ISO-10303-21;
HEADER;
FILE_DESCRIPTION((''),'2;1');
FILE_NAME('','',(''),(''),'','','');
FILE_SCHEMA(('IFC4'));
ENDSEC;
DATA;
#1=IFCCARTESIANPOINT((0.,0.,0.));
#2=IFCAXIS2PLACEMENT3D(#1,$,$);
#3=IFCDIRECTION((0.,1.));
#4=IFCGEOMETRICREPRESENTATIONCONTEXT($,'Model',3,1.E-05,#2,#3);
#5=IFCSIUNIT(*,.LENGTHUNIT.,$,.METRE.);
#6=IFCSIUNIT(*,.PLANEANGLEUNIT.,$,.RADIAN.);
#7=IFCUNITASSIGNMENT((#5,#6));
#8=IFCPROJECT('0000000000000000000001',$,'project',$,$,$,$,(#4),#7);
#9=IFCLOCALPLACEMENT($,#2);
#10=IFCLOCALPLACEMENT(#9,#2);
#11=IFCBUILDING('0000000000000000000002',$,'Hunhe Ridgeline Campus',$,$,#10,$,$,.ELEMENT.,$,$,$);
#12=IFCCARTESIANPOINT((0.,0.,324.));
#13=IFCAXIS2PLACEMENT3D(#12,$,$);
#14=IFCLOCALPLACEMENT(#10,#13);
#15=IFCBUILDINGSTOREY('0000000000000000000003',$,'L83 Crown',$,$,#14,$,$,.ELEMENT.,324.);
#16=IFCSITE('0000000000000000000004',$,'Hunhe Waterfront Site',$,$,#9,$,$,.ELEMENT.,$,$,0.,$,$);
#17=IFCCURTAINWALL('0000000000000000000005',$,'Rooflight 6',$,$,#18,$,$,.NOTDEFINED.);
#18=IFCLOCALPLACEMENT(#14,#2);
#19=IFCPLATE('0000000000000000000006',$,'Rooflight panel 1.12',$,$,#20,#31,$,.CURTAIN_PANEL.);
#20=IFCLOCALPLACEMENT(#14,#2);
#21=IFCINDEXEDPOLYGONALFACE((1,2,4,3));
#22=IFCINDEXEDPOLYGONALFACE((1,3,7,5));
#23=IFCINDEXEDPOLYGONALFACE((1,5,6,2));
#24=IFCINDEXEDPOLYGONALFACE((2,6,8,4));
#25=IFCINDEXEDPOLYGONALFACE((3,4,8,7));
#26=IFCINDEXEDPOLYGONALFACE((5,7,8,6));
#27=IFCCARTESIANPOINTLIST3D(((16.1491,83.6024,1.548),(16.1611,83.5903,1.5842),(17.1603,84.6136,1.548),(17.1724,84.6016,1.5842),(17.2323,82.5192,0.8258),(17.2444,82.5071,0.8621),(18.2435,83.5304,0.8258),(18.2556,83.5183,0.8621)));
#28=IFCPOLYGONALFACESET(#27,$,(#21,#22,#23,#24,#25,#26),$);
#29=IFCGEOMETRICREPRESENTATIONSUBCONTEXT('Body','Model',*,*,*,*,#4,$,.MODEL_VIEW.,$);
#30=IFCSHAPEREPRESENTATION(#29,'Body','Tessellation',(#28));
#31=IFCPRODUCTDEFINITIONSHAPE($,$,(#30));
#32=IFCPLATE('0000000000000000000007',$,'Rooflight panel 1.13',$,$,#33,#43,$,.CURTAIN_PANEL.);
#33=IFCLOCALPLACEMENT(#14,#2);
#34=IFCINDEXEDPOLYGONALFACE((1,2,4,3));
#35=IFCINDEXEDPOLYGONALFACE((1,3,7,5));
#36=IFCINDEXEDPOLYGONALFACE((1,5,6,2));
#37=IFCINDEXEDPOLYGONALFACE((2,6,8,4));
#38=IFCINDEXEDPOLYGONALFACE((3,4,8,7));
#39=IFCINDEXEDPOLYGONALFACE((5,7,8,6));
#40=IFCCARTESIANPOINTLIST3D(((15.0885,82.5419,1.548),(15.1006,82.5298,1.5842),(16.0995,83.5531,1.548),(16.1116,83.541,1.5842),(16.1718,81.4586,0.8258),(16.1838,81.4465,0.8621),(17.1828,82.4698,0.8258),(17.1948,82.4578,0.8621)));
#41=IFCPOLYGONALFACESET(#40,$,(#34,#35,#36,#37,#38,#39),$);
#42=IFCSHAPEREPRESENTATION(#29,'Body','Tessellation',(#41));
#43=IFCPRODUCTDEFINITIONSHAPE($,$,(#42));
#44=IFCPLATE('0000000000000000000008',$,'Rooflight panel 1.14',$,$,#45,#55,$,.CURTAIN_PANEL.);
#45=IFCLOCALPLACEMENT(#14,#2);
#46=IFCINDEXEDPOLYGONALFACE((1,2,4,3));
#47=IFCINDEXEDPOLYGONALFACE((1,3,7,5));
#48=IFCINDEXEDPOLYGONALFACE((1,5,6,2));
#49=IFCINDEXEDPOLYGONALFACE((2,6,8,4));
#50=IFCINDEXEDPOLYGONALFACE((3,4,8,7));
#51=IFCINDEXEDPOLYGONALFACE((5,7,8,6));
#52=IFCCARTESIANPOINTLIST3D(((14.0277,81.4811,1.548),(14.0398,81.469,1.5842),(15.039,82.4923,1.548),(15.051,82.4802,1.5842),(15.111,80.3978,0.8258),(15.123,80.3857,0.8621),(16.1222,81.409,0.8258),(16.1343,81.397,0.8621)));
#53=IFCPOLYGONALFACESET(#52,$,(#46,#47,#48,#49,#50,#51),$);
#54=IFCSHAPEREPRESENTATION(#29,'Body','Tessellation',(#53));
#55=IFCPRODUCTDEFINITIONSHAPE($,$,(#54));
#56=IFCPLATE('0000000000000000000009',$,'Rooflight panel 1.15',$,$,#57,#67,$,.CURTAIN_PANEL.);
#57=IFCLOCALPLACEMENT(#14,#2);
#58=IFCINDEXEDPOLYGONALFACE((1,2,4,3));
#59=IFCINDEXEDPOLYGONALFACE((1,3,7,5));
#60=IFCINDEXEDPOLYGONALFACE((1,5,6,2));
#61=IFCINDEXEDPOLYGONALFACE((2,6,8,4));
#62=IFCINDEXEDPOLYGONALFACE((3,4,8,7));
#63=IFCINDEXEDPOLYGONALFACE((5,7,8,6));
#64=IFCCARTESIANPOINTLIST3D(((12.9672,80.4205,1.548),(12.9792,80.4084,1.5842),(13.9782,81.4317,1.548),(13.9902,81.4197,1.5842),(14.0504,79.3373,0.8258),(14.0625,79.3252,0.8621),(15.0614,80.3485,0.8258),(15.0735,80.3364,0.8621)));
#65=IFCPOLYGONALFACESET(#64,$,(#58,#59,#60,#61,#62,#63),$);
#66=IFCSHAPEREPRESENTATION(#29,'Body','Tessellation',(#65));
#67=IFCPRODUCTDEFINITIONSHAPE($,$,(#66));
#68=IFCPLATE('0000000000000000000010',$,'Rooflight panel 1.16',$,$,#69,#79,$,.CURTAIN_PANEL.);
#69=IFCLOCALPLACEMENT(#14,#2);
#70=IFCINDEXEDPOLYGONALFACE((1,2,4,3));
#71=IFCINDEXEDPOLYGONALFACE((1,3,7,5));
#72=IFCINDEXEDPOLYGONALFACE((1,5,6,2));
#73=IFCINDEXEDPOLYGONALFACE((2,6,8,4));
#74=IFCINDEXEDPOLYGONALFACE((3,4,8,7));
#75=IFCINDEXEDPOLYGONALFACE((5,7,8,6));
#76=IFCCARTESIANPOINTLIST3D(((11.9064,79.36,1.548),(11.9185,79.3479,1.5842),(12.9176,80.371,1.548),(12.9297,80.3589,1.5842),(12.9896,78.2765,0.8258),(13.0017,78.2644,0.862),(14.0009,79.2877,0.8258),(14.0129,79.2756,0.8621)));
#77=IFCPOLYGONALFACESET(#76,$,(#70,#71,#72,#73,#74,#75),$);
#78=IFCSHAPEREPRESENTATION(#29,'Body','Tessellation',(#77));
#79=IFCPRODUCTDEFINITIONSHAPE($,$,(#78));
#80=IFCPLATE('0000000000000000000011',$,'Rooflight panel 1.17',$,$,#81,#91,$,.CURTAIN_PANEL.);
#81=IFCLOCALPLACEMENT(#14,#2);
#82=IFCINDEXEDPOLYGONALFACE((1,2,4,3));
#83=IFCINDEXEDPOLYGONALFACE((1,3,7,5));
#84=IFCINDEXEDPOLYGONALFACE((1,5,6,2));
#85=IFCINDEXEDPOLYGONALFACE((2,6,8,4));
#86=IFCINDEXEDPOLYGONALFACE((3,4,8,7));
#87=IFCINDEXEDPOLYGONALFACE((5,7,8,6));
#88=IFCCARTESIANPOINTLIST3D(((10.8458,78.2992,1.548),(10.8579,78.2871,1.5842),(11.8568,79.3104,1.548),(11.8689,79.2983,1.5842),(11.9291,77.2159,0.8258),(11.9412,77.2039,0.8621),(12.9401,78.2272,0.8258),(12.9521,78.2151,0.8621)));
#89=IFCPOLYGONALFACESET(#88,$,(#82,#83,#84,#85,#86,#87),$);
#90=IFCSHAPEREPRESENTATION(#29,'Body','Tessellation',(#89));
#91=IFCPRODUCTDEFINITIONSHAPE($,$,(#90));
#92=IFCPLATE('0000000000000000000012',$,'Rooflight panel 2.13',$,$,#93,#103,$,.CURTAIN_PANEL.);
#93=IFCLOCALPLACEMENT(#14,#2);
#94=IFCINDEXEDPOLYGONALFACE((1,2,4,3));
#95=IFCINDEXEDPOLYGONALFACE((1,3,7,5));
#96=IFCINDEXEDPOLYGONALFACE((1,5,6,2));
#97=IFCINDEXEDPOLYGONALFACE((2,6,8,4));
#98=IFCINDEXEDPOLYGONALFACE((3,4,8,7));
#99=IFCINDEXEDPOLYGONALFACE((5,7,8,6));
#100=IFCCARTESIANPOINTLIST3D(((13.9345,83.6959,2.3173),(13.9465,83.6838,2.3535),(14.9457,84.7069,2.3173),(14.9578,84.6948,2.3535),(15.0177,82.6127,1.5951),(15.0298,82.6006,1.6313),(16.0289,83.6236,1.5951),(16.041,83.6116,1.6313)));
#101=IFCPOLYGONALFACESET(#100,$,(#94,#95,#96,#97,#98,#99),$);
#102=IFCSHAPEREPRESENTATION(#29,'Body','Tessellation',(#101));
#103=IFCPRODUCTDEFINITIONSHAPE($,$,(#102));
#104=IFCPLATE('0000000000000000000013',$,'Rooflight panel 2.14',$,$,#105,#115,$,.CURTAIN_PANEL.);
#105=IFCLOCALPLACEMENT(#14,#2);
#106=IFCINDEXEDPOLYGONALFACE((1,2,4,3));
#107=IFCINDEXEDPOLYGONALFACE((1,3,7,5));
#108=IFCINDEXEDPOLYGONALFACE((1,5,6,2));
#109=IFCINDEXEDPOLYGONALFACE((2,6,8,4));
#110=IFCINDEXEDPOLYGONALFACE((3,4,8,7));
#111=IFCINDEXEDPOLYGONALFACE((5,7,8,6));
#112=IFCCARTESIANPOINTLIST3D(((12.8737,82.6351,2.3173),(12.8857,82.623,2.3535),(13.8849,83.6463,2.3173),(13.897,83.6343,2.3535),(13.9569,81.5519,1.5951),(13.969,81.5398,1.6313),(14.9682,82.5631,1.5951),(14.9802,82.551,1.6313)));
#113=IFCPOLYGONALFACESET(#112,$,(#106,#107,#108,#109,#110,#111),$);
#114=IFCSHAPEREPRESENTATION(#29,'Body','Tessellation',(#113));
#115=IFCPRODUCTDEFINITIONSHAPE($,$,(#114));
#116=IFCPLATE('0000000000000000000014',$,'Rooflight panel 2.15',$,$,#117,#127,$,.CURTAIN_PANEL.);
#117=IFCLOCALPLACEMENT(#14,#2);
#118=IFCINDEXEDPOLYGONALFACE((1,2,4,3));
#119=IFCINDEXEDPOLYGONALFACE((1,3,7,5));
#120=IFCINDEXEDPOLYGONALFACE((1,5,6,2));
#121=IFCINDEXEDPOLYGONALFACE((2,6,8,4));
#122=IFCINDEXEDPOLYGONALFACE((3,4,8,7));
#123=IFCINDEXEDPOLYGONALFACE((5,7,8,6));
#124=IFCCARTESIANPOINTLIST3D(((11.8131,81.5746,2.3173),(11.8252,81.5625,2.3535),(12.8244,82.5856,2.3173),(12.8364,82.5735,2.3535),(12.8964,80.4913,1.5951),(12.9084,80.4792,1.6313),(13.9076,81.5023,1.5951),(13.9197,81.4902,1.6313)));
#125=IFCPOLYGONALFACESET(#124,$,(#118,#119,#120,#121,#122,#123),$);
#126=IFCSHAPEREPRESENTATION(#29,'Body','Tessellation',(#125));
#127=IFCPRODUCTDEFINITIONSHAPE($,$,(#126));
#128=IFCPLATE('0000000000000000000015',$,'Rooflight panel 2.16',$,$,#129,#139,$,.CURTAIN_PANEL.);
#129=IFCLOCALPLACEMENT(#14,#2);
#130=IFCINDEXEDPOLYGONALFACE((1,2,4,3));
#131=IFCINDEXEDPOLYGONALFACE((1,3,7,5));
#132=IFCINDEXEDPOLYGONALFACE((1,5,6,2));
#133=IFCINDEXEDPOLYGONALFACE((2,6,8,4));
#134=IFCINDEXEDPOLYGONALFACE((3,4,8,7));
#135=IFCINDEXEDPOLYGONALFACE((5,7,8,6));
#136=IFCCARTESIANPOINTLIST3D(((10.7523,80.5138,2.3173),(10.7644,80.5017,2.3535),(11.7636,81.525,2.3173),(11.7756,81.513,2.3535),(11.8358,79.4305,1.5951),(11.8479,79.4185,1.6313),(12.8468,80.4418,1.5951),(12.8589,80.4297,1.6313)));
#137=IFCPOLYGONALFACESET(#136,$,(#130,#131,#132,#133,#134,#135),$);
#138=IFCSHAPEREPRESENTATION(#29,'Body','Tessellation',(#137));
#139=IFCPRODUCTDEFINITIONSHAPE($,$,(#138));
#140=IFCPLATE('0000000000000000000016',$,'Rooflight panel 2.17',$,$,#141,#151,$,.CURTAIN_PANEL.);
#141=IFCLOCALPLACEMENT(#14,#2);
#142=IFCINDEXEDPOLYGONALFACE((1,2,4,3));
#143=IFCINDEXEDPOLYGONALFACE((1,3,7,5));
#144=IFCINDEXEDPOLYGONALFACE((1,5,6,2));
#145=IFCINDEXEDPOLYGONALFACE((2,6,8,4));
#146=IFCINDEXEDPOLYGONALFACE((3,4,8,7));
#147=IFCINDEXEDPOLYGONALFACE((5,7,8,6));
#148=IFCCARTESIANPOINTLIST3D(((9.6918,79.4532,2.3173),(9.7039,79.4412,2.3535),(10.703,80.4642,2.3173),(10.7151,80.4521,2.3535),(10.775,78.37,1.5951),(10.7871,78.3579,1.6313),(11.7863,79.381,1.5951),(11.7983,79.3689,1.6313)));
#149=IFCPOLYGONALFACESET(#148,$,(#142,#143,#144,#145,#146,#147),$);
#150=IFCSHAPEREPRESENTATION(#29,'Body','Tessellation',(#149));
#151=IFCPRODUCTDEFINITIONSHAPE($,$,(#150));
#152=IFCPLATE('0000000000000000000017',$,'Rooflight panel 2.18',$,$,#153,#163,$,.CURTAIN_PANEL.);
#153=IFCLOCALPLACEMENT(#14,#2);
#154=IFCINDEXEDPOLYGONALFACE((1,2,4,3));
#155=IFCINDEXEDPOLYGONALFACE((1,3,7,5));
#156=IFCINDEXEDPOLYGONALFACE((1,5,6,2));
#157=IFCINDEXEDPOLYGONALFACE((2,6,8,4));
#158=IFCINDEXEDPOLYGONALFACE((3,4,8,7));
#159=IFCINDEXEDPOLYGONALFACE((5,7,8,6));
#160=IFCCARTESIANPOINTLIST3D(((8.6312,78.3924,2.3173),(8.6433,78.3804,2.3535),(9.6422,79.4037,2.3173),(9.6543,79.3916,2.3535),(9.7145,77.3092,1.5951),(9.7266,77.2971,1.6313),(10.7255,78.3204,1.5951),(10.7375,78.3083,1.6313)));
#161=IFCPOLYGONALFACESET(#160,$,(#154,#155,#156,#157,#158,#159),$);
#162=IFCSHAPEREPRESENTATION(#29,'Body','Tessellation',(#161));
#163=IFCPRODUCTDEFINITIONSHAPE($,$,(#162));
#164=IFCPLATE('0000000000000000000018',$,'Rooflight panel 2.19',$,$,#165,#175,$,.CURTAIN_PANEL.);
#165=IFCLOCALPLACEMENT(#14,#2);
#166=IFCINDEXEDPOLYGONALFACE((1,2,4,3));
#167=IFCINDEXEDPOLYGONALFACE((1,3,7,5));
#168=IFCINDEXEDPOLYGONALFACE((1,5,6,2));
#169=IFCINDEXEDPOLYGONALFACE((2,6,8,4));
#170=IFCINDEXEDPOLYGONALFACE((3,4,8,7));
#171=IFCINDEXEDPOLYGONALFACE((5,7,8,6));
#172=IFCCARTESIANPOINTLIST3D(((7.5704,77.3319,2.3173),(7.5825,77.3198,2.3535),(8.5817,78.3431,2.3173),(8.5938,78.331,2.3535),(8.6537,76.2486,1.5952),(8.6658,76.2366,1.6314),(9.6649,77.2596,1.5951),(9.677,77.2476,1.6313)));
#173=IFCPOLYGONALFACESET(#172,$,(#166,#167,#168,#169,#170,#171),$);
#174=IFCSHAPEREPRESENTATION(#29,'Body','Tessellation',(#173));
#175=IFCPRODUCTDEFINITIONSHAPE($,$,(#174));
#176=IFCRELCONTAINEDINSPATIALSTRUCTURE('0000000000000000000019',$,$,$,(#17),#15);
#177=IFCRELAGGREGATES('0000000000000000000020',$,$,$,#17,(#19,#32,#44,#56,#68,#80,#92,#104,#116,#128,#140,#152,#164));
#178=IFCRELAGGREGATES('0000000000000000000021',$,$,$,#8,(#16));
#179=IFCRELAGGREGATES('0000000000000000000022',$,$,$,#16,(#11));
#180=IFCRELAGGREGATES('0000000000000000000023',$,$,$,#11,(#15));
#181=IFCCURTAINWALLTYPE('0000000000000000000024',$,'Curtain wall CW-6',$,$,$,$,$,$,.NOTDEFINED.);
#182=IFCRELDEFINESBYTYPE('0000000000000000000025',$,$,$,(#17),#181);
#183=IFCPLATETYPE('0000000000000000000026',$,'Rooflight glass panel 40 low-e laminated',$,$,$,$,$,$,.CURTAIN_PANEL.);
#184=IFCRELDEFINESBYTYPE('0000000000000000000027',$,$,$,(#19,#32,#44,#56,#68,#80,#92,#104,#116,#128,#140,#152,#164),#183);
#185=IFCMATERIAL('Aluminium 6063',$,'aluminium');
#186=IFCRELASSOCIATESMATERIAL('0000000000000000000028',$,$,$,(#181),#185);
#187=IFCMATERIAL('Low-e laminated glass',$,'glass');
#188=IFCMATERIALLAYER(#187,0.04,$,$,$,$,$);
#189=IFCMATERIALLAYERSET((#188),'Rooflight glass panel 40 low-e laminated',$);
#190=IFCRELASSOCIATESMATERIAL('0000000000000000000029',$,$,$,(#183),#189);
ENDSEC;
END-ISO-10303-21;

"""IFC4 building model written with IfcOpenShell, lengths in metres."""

from ifc_helpers import new_model, si_unit, direction, frame, origin, place, context, subcontext, project, spatial, polyline, outline, extrude, material, layer, layer_set, type_object, element, aggregate, save


model = new_model("IFC4")

# Units and contexts
model_context = context("Model", 3, precision=1e-05, world=origin(), true_north=direction((0.0, 1.0)))
body_context = subcontext(model_context, "Body", "Model", "MODEL_VIEW")
ifc_project = project(units=[si_unit("LENGTHUNIT", "METRE"), si_unit("PLANEANGLEUNIT", "RADIAN")], contexts=[model_context])

# Site, building, storey
site_placement = place(None, origin())
site = spatial("IfcSite", under=ifc_project, at=site_placement, Name="Hunhe Waterfront Site", CompositionType="ELEMENT", RefElevation=0.0)
building_placement = place(site_placement, origin())
building = spatial("IfcBuilding", under=site, at=building_placement, Name="Hunhe Ridgeline Campus", CompositionType="ELEMENT")
storey_placement = place(building_placement, frame((0.0, 0.0, 324.0)))
storey = spatial("IfcBuildingStorey", under=building, at=storey_placement, Name="L83 Crown", CompositionType="ELEMENT", Elevation=324.0)

# Curtain wall, plates
ifc_material_1 = material(Name="Aluminium 6063", Category="aluminium")
curtain_wall_type = type_object("IfcCurtainWallType", Name="Curtain wall CW-6", PredefinedType="NOTDEFINED", material=ifc_material_1)
curtain_wall_placement = place(storey_placement, origin())
curtain_wall = element("IfcCurtainWall", 1, at=curtain_wall_placement, inside=storey, type_object=curtain_wall_type, Name="Rooflight 6", PredefinedType="NOTDEFINED")
ifc_material_2 = material(Name="Low-e laminated glass", Category="glass")
ifc_layer = layer(ifc_material_2, 0.04)
ifc_layer_set = layer_set([ifc_layer], Name="Rooflight glass panel 40 low-e laminated")
plate_type = type_object("IfcPlateType", Name="Rooflight glass panel 40 low-e laminated", PredefinedType="CURTAIN_PANEL", material=ifc_layer_set)
plate_1_placement = place(storey_placement, frame((18.2556, 83.5183, 0.8621), z_axis=(0.301511, -0.301511, 0.904534), x_axis=(-0.639602, 0.639602, 0.426401)))
plate_1 = element("IfcPlate", 2, at=plate_1_placement, type_object=plate_type, Name="Rooflight panel 1.12", PredefinedType="CURTAIN_PANEL", context=body_context, shape_type="SweptSolid", body=[
    extrude(outline(polyline([(0.0, 0.0), (1.6936, 0.0), (1.6936, 1.4301), (0.0, 1.4301), (0.0, 0.0)])), origin(), (0.0, 0.0, -1.0), 0.04),
])
plate_2_placement = place(storey_placement, frame((17.1948, 82.4578, 0.8621), z_axis=(0.301548, -0.301475, 0.904534), x_axis=(-0.639602, 0.639602, 0.426401)))
plate_2 = element("IfcPlate", 3, at=plate_2_placement, type_object=plate_type, Name="Rooflight panel 1.13", PredefinedType="CURTAIN_PANEL", context=body_context, shape_type="SweptSolid", body=[
    extrude(outline(polyline([(0.0, 0.0), (1.6936, 0.0), (1.6935, 1.4299), (-0.0002, 1.4299), (0.0, 0.0)])), origin(), (0.0, 0.0, -1.0), 0.04),
])
plate_3_placement = place(storey_placement, frame((16.1343, 81.397, 0.8621), z_axis=(0.301511, -0.301511, 0.904534), x_axis=(-0.639602, 0.639602, 0.426401)))
plate_3 = element("IfcPlate", 4, at=plate_3_placement, type_object=plate_type, Name="Rooflight panel 1.14", PredefinedType="CURTAIN_PANEL", context=body_context, shape_type="SweptSolid", body=[
    extrude(outline(polyline([(0.0, 0.0), (1.6936, 0.0), (1.6936, 1.4301), (0.0, 1.4301), (0.0, 0.0)])), origin(), (0.0, 0.0, -1.0), 0.04),
])
plate_4_placement = place(storey_placement, frame((15.0735, 80.3364, 0.8621), z_axis=(0.301548, -0.301475, 0.904534), x_axis=(-0.639602, 0.639602, 0.426401)))
plate_4 = element("IfcPlate", 5, at=plate_4_placement, type_object=plate_type, Name="Rooflight panel 1.15", PredefinedType="CURTAIN_PANEL", context=body_context, shape_type="SweptSolid", body=[
    extrude(outline(polyline([(0.0, 0.0), (1.6936, 0.0), (1.6935, 1.4299), (-0.0002, 1.4299), (0.0, 0.0)])), origin(), (0.0, 0.0, -1.0), 0.04),
])
plate_5_placement = place(storey_placement, frame((14.0129, 79.2756, 0.8621), z_axis=(0.301479, -0.301516, 0.904543), x_axis=(-0.639609, 0.639609, 0.426382)))
plate_5 = element("IfcPlate", 6, at=plate_5_placement, type_object=plate_type, Name="Rooflight panel 1.16", PredefinedType="CURTAIN_PANEL", context=body_context, shape_type="SweptSolid", body=[
    extrude(outline(polyline([(0.0, 0.0), (1.6936, 0.0), (1.6938, 1.4299), (0.0, 1.4301), (0.0, 0.0)])), origin(), (0.0, 0.0, -1.0), 0.04),
])
plate_6_placement = place(storey_placement, frame((12.9521, 78.2151, 0.8621), z_axis=(0.301548, -0.301475, 0.904534), x_axis=(-0.639602, 0.639602, 0.426401)))
plate_6 = element("IfcPlate", 7, at=plate_6_placement, type_object=plate_type, Name="Rooflight panel 1.17", PredefinedType="CURTAIN_PANEL", context=body_context, shape_type="SweptSolid", body=[
    extrude(outline(polyline([(0.0, 0.0), (1.6936, 0.0), (1.6935, 1.4299), (-0.0002, 1.4299), (0.0, 0.0)])), origin(), (0.0, 0.0, -1.0), 0.04),
])
plate_7_placement = place(storey_placement, frame((16.041, 83.6116, 1.6313), z_axis=(0.301475, -0.301548, 0.904534), x_axis=(-0.639602, 0.639602, 0.426401)))
plate_7 = element("IfcPlate", 8, at=plate_7_placement, type_object=plate_type, Name="Rooflight panel 2.13", PredefinedType="CURTAIN_PANEL", context=body_context, shape_type="SweptSolid", body=[
    extrude(outline(polyline([(0.0, 0.0), (1.6936, 0.0), (1.6938, 1.4299), (0.0002, 1.4299), (0.0, 0.0)])), origin(), (0.0, 0.0, -1.0), 0.04),
])
plate_8_placement = place(storey_placement, frame((14.9802, 82.551, 1.6313), z_axis=(0.301511, -0.301511, 0.904534), x_axis=(-0.639602, 0.639602, 0.426401)))
plate_8 = element("IfcPlate", 9, at=plate_8_placement, type_object=plate_type, Name="Rooflight panel 2.14", PredefinedType="CURTAIN_PANEL", context=body_context, shape_type="SweptSolid", body=[
    extrude(outline(polyline([(0.0, 0.0), (1.6936, 0.0), (1.6936, 1.4301), (0.0, 1.4301), (0.0, 0.0)])), origin(), (0.0, 0.0, -1.0), 0.04),
])
plate_9_placement = place(storey_placement, frame((13.9197, 81.4902, 1.6313), z_axis=(0.301475, -0.301548, 0.904534), x_axis=(-0.639602, 0.639602, 0.426401)))
plate_9 = element("IfcPlate", 10, at=plate_9_placement, type_object=plate_type, Name="Rooflight panel 2.15", PredefinedType="CURTAIN_PANEL", context=body_context, shape_type="SweptSolid", body=[
    extrude(outline(polyline([(0.0, 0.0), (1.6936, 0.0), (1.6938, 1.4299), (0.0002, 1.4299), (0.0, 0.0)])), origin(), (0.0, 0.0, -1.0), 0.04),
])
plate_10_placement = place(storey_placement, frame((12.8589, 80.4297, 1.6313), z_axis=(0.301516, -0.301479, 0.904543), x_axis=(-0.639609, 0.639609, 0.426382)))
plate_10 = element("IfcPlate", 11, at=plate_10_placement, type_object=plate_type, Name="Rooflight panel 2.16", PredefinedType="CURTAIN_PANEL", context=body_context, shape_type="SweptSolid", body=[
    extrude(outline(polyline([(0.0, 0.0), (1.6936, 0.0), (1.6936, 1.4301), (-0.0002, 1.4299), (0.0, 0.0)])), origin(), (0.0, 0.0, -1.0), 0.04),
])
plate_11_placement = place(storey_placement, frame((11.7983, 79.3689, 1.6313), z_axis=(0.301475, -0.301548, 0.904534), x_axis=(-0.639602, 0.639602, 0.426401)))
plate_11 = element("IfcPlate", 12, at=plate_11_placement, type_object=plate_type, Name="Rooflight panel 2.17", PredefinedType="CURTAIN_PANEL", context=body_context, shape_type="SweptSolid", body=[
    extrude(outline(polyline([(0.0, 0.0), (1.6936, 0.0), (1.6938, 1.4299), (0.0002, 1.4299), (0.0, 0.0)])), origin(), (0.0, 0.0, -1.0), 0.04),
])
plate_12_placement = place(storey_placement, frame((10.7375, 78.3083, 1.6313), z_axis=(0.301548, -0.301475, 0.904534), x_axis=(-0.639602, 0.639602, 0.426401)))
plate_12 = element("IfcPlate", 13, at=plate_12_placement, type_object=plate_type, Name="Rooflight panel 2.18", PredefinedType="CURTAIN_PANEL", context=body_context, shape_type="SweptSolid", body=[
    extrude(outline(polyline([(0.0, 0.0), (1.6936, 0.0), (1.6935, 1.4299), (-0.0002, 1.4299), (0.0, 0.0)])), origin(), (0.0, 0.0, -1.0), 0.04),
])
plate_13_placement = place(storey_placement, frame((9.677, 77.2476, 1.6313), z_axis=(0.301479, -0.301516, 0.904543), x_axis=(-0.639537, 0.639681, 0.426382)))
plate_13 = element("IfcPlate", 14, at=plate_13_placement, type_object=plate_type, Name="Rooflight panel 2.19", PredefinedType="CURTAIN_PANEL", context=body_context, shape_type="SweptSolid", body=[
    extrude(outline(polyline([(0.0, 0.0), (1.6938, 0.0), (1.6936, 1.4301), (0.0, 1.4299), (0.0, 0.0)])), origin(), (0.0, 0.0, -1.0), 0.04),
])
aggregate(curtain_wall, [plate_1, plate_2, plate_3, plate_4, plate_5, plate_6, plate_7, plate_8, plate_9, plate_10, plate_11, plate_12, plate_13])

save(model, "model.ifc")
